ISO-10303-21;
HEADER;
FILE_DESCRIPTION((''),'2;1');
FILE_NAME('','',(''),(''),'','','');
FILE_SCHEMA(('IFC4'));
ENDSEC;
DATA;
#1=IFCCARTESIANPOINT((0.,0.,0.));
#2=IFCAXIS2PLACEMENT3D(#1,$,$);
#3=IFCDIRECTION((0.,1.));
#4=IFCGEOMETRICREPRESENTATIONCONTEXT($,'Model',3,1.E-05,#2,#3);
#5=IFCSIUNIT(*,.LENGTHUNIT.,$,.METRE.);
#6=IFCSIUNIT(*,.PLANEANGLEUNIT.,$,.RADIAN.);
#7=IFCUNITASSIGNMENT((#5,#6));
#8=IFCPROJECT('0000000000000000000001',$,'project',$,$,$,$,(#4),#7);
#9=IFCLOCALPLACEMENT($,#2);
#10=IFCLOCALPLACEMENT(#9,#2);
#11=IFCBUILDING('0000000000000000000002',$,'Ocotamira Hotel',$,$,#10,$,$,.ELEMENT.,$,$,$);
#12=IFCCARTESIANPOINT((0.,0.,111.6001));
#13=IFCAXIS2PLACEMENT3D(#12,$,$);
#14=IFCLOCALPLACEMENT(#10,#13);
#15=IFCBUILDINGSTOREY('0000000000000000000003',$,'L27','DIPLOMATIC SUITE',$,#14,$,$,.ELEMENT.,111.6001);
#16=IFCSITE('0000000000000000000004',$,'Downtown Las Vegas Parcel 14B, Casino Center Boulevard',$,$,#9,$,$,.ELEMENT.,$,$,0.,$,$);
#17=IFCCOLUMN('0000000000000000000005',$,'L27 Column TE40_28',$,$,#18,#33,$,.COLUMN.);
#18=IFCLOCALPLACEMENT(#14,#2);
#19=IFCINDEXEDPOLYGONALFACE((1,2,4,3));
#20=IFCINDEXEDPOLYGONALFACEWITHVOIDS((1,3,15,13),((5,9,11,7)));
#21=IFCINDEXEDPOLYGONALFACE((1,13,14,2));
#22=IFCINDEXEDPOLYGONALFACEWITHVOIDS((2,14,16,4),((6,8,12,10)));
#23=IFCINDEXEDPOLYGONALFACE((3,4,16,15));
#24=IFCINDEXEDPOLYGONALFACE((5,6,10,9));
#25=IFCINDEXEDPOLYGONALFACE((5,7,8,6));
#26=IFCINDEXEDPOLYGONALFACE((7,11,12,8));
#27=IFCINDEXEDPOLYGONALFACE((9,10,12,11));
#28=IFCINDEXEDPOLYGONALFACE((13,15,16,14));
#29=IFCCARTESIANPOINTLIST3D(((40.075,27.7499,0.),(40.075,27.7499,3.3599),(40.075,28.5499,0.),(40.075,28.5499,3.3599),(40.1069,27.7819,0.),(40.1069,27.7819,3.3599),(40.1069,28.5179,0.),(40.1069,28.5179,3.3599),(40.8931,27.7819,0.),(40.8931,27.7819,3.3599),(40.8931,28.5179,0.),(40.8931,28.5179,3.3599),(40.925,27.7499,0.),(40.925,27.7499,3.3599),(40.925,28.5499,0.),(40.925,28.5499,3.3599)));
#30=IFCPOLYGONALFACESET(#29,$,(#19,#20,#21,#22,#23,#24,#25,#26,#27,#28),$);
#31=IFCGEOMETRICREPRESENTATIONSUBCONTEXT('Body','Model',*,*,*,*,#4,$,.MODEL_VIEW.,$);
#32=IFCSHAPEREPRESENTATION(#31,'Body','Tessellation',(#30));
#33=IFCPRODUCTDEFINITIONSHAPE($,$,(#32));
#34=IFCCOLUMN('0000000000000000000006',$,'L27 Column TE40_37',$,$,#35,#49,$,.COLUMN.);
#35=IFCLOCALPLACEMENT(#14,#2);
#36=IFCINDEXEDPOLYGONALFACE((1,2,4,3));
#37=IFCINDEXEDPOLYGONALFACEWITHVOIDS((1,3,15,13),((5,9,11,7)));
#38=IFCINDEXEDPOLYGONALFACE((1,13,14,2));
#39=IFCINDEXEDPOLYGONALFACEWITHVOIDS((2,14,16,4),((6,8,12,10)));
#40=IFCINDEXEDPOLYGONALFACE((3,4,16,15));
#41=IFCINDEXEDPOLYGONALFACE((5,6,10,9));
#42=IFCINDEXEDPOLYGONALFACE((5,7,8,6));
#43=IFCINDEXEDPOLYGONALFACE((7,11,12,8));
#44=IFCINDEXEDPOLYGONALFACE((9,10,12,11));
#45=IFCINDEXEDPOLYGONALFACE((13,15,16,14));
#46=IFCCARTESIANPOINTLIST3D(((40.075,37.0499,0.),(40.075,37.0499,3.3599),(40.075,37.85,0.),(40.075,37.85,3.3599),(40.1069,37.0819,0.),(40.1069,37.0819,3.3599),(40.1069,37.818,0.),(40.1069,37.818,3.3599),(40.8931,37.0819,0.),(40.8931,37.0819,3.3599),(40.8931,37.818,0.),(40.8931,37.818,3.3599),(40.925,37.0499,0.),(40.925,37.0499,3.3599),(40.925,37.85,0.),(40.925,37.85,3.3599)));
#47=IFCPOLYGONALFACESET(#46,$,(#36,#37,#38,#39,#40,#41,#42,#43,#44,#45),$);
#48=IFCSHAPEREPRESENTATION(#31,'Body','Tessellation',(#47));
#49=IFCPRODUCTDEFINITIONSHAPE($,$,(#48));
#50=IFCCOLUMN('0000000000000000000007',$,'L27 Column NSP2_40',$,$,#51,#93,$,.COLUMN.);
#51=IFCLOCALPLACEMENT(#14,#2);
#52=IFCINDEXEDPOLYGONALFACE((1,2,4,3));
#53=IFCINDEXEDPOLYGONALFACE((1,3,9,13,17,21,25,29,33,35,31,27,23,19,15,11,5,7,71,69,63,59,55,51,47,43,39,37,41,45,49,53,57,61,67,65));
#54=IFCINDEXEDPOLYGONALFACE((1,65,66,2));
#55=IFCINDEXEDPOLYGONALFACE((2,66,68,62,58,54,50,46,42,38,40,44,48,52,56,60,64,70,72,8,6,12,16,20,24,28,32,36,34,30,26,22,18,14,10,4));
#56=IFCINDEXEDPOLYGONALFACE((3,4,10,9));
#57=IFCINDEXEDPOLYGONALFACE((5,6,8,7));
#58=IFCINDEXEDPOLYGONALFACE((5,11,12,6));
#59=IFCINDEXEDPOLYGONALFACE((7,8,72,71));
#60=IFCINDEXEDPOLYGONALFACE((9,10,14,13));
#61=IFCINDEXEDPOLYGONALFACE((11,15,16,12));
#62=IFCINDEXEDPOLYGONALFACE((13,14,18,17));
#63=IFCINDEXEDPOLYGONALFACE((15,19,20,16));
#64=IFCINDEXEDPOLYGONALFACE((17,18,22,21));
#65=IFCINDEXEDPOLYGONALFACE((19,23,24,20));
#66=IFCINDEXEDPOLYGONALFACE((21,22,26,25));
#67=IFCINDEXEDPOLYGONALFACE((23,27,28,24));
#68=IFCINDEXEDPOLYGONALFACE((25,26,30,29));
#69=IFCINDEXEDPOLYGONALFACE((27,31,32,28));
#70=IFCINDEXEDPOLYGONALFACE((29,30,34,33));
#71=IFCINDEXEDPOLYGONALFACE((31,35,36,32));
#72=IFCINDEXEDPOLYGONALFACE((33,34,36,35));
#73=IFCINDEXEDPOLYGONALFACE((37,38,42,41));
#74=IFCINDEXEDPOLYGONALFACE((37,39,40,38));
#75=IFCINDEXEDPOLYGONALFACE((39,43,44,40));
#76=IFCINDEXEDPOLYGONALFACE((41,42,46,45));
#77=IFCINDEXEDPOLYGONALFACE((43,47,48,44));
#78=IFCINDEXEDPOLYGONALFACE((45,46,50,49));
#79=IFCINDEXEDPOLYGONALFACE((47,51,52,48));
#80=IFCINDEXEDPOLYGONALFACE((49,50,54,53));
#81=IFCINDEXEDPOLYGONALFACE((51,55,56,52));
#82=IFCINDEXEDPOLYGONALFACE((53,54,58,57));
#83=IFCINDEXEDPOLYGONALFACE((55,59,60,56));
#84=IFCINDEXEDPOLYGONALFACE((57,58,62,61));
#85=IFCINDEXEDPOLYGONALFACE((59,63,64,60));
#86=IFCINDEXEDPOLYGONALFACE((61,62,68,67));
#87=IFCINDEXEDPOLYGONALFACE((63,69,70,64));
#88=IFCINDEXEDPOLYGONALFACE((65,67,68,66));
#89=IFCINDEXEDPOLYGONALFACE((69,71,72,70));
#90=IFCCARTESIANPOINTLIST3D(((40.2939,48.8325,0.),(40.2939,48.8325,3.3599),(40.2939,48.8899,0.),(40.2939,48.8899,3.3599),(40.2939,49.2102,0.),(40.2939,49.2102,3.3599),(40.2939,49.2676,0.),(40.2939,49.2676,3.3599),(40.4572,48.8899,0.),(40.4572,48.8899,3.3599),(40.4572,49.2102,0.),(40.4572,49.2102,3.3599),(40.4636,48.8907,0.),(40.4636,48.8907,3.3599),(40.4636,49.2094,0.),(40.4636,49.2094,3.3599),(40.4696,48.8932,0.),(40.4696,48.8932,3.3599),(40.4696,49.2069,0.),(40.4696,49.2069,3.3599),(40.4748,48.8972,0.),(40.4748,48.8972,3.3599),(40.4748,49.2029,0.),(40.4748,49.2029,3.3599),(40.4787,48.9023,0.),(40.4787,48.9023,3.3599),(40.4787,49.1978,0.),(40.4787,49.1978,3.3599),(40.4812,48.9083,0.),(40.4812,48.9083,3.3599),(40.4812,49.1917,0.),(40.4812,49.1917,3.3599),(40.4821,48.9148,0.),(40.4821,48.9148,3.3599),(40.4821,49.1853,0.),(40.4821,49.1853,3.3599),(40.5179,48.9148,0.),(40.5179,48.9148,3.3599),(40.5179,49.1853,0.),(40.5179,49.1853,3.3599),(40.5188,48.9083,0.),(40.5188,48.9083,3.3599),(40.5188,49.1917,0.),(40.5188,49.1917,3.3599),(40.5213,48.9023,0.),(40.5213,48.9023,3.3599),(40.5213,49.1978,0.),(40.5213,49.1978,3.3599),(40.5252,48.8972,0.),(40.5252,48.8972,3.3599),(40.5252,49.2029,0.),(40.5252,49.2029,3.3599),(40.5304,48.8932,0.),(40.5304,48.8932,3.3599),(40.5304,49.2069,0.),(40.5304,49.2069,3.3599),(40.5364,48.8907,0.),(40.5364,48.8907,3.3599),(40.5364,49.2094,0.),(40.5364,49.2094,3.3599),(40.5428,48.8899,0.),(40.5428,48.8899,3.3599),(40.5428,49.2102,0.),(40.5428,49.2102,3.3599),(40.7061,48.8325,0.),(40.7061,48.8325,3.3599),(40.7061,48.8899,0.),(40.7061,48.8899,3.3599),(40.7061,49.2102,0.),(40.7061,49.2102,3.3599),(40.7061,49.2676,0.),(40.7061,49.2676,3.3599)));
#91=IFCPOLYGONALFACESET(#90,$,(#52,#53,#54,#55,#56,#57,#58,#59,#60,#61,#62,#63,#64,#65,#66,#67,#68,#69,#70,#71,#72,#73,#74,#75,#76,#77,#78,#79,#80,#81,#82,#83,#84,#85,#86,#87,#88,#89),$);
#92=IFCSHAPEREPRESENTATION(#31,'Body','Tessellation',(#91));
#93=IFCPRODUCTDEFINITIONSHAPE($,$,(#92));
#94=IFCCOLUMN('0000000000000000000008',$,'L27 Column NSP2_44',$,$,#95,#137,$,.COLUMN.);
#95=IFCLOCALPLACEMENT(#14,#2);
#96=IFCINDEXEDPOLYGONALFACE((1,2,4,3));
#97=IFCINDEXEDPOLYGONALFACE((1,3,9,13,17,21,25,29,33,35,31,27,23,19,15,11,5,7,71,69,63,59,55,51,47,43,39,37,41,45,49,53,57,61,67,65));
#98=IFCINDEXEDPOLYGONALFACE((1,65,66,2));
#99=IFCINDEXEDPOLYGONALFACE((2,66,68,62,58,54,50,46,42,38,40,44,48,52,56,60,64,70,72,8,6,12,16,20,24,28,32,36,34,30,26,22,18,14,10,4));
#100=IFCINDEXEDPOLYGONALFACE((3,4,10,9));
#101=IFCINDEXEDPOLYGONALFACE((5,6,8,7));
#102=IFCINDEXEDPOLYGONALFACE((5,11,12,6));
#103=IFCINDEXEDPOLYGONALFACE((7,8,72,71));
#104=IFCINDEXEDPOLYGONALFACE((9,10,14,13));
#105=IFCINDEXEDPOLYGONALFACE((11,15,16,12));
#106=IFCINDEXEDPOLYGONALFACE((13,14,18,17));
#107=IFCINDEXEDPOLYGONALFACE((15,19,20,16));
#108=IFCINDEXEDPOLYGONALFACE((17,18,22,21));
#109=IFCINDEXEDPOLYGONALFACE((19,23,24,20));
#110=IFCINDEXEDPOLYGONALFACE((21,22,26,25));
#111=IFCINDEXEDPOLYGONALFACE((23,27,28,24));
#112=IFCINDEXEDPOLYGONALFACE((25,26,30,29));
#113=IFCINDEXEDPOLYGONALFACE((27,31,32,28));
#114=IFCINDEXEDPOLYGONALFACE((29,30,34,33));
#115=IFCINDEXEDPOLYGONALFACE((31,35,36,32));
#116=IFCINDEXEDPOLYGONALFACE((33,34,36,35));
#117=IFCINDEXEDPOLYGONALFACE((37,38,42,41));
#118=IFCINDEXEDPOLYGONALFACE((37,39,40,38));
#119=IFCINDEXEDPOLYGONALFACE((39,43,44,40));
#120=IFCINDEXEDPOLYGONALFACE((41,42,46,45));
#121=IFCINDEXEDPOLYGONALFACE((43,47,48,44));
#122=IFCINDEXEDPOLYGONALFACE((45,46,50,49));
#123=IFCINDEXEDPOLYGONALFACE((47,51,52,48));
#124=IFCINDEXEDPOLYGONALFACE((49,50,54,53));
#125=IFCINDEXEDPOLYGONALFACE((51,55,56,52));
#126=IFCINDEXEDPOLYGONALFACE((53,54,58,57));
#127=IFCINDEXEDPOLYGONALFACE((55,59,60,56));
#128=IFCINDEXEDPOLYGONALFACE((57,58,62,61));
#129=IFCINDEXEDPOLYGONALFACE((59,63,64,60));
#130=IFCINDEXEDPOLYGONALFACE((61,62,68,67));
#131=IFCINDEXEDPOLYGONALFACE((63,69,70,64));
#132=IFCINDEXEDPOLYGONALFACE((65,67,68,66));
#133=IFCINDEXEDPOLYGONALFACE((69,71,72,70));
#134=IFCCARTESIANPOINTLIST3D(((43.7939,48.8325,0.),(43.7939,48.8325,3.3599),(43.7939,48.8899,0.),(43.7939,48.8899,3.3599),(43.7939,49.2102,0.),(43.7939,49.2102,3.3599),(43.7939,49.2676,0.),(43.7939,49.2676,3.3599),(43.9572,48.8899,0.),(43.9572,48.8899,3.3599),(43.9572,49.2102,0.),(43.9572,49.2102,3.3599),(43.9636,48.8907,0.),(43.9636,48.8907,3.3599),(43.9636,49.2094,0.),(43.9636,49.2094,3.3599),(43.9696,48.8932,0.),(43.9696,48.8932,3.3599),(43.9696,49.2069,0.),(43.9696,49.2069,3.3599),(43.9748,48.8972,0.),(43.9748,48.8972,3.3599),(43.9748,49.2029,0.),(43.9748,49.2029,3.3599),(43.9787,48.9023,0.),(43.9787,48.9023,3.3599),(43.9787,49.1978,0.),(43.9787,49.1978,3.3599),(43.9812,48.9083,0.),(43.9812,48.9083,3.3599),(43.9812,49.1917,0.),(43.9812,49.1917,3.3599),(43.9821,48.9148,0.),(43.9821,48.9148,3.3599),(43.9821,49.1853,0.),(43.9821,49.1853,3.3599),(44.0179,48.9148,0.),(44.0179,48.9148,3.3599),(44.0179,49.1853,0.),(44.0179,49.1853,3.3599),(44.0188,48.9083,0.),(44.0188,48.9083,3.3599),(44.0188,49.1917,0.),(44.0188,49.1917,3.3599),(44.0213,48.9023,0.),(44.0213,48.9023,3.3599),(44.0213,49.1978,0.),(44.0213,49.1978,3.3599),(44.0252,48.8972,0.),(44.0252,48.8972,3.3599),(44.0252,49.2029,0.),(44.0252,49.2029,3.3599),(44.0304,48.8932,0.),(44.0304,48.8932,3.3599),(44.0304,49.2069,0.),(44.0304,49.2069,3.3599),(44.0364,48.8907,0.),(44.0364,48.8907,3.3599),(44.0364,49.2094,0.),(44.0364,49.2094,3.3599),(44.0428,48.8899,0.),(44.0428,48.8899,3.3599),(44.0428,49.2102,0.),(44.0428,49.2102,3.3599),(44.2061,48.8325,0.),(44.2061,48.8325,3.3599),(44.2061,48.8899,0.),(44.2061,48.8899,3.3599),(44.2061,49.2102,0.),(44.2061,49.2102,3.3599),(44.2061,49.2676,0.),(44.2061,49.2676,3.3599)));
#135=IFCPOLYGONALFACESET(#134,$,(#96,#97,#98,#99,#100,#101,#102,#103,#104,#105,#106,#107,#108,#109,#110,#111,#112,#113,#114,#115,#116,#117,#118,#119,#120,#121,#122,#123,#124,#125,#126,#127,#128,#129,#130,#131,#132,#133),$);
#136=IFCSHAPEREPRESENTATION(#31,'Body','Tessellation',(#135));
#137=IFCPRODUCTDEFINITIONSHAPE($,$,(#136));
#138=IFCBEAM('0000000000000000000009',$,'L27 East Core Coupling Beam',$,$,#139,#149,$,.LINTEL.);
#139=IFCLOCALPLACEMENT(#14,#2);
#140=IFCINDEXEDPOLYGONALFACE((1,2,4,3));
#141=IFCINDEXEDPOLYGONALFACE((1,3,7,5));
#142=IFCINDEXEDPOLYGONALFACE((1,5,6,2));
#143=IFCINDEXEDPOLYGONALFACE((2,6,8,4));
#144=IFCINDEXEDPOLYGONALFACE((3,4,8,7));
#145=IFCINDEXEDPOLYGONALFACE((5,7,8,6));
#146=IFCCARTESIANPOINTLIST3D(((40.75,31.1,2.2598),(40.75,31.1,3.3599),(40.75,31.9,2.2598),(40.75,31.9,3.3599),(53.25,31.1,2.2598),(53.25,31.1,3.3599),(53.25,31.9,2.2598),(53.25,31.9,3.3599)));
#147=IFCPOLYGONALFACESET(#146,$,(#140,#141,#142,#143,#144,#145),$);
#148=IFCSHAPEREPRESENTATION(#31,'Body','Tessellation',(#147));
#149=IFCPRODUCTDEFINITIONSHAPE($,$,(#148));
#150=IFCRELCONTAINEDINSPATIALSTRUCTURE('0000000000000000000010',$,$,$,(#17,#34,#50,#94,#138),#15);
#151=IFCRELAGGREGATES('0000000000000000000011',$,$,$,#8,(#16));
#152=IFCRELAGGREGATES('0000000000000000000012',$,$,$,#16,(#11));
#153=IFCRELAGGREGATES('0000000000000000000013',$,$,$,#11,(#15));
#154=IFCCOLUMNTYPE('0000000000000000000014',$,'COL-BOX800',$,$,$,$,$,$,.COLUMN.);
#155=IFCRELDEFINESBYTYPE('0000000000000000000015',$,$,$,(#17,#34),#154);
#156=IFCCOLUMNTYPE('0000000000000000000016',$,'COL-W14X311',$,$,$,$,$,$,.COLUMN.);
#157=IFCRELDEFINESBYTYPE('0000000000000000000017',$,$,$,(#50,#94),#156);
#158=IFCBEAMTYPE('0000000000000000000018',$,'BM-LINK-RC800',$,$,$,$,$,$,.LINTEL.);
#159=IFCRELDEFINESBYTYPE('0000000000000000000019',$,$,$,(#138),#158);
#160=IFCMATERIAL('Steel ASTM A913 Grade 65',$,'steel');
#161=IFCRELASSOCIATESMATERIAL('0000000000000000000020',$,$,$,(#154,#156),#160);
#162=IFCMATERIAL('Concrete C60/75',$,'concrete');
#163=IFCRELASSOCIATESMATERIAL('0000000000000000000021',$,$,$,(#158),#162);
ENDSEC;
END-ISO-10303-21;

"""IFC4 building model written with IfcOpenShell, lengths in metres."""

from ifc_helpers import new_model, si_unit, direction, frame, origin, origin_2d, place, context, subcontext, project, spatial, rectangle, hollow_rectangle, i_section, extrude, source, transform, mapped, material, material_profile, profile_set, type_object, element, save


model = new_model("IFC4")

# Units and contexts
model_context = context("Model", 3, precision=1e-05, world=origin(), true_north=direction((0.0, 1.0)))
body_context = subcontext(model_context, "Body", "Model", "MODEL_VIEW")
ifc_project = project(units=[si_unit("LENGTHUNIT", "METRE"), si_unit("PLANEANGLEUNIT", "RADIAN")], contexts=[model_context])

# Site, building, storey
site_placement = place(None, origin())
site = spatial("IfcSite", under=ifc_project, at=site_placement, Name="Downtown Las Vegas Parcel 14B, Casino Center Boulevard", CompositionType="ELEMENT", RefElevation=0.0)
building_placement = place(site_placement, origin())
building = spatial("IfcBuilding", under=site, at=building_placement, Name="Ocotamira Hotel", CompositionType="ELEMENT")
storey_placement = place(building_placement, frame((0.0, 0.0, 111.6001)))
storey = spatial("IfcBuildingStorey", under=building, at=storey_placement, Name="L27", Description="DIPLOMATIC SUITE", CompositionType="ELEMENT", Elevation=111.6001)

# Columns
ifc_material_1 = material(Name="Steel ASTM A913 Grade 65", Category="steel")
ifc_material_profile_1 = material_profile(ifc_material_1, hollow_rectangle(XDim=0.8501, YDim=0.8, WallThickness=0.032, at=origin_2d()), Name="BOX800X850X32")
ifc_profile_set_1 = profile_set([ifc_material_profile_1], Name="Steel ASTM A913 Grade 65")
column_type_1 = type_object("IfcColumnType", Name="COL-BOX800", PredefinedType="COLUMN", material=ifc_profile_set_1)
shared_shape_1 = source(origin(), body_context, "Body", "SweptSolid", [
    extrude(hollow_rectangle(XDim=0.8501, YDim=0.8, WallThickness=0.032, at=origin_2d()), origin(), (0.0, 0.0, 1.0), 3.3599),
])
for number, where, z_axis, x_axis, name in (
    (1, (40.5, 28.1499, 0.0), (0.0, 0.0, 1.0), (1.0, 0.0, 0.0), "L27 Column TE40_28"),
    (2, (40.5, 37.45, 0.0), (0.0, 0.0, 1.0), (1.0, 0.0, 0.0), "L27 Column TE40_37"),
):
    element("IfcColumn", number, at=place(storey_placement, frame(where, z_axis=z_axis, x_axis=x_axis)), inside=storey, type_object=column_type_1, Name=name, PredefinedType="COLUMN", context=body_context, shape_type="MappedRepresentation", body=[
        mapped(shared_shape_1, transform((0.0, 0.0, 0.0), scale=1.0)),
    ])
ifc_material_profile_2 = material_profile(ifc_material_1, i_section(OverallWidth=0.4121, OverallDepth=0.4351, WebThickness=0.0359, FlangeThickness=0.0574, FilletRadius=0.0249, at=origin_2d()), Name="W14X311")
ifc_profile_set_2 = profile_set([ifc_material_profile_2], Name="Steel ASTM A913 Grade 65")
column_type_2 = type_object("IfcColumnType", Name="COL-W14X311", PredefinedType="COLUMN", material=ifc_profile_set_2)
shared_shape_2 = source(origin(), body_context, "Body", "SweptSolid", [
    extrude(i_section(OverallWidth=0.4121, OverallDepth=0.4351, WebThickness=0.0359, FlangeThickness=0.0574, FilletRadius=0.0249, at=origin_2d()), origin(), (0.0, 0.0, 1.0), 3.3599),
])
for number, where, z_axis, x_axis, name in (
    (3, (40.5, 49.05, 0.0), (0.0, 0.0, 1.0), (1.0, 0.0, 0.0), "L27 Column NSP2_40"),
    (4, (44.0, 49.05, 0.0), (0.0, 0.0, 1.0), (1.0, 0.0, 0.0), "L27 Column NSP2_44"),
):
    element("IfcColumn", number, at=place(storey_placement, frame(where, z_axis=z_axis, x_axis=x_axis)), inside=storey, type_object=column_type_2, Name=name, PredefinedType="COLUMN", context=body_context, shape_type="MappedRepresentation", body=[
        mapped(shared_shape_2, transform((0.0, 0.0, 0.0), scale=1.0)),
    ])

# Beam
ifc_material_2 = material(Name="Concrete C60/75", Category="concrete")
ifc_material_profile_3 = material_profile(ifc_material_2, rectangle(XDim=0.8, YDim=1.1001, at=origin_2d()), Name="RC800X1100")
ifc_profile_set_3 = profile_set([ifc_material_profile_3], Name="Concrete C60/75")
beam_type_1 = type_object("IfcBeamType", Name="BM-LINK-RC800", PredefinedType="LINTEL", material=ifc_profile_set_3)
shared_shape_3 = source(origin(), body_context, "Body", "SweptSolid", [
    extrude(rectangle(XDim=0.8, YDim=1.1001, at=origin_2d()), origin(), (0.0, 0.0, 1.0), 12.5),
])
beam_1_placement = place(storey_placement, frame((40.75, 31.5, 2.8098), z_axis=(1.0, 0.0, 0.0), x_axis=(0.0, 1.0, 0.0)))
element("IfcBeam", 5, at=beam_1_placement, inside=storey, type_object=beam_type_1, Name="L27 East Core Coupling Beam", PredefinedType="LINTEL", context=body_context, shape_type="MappedRepresentation", body=[
    mapped(shared_shape_3, transform((0.0, 0.0, 0.0), scale=1.0)),
])

save(model, "model.ifc")
